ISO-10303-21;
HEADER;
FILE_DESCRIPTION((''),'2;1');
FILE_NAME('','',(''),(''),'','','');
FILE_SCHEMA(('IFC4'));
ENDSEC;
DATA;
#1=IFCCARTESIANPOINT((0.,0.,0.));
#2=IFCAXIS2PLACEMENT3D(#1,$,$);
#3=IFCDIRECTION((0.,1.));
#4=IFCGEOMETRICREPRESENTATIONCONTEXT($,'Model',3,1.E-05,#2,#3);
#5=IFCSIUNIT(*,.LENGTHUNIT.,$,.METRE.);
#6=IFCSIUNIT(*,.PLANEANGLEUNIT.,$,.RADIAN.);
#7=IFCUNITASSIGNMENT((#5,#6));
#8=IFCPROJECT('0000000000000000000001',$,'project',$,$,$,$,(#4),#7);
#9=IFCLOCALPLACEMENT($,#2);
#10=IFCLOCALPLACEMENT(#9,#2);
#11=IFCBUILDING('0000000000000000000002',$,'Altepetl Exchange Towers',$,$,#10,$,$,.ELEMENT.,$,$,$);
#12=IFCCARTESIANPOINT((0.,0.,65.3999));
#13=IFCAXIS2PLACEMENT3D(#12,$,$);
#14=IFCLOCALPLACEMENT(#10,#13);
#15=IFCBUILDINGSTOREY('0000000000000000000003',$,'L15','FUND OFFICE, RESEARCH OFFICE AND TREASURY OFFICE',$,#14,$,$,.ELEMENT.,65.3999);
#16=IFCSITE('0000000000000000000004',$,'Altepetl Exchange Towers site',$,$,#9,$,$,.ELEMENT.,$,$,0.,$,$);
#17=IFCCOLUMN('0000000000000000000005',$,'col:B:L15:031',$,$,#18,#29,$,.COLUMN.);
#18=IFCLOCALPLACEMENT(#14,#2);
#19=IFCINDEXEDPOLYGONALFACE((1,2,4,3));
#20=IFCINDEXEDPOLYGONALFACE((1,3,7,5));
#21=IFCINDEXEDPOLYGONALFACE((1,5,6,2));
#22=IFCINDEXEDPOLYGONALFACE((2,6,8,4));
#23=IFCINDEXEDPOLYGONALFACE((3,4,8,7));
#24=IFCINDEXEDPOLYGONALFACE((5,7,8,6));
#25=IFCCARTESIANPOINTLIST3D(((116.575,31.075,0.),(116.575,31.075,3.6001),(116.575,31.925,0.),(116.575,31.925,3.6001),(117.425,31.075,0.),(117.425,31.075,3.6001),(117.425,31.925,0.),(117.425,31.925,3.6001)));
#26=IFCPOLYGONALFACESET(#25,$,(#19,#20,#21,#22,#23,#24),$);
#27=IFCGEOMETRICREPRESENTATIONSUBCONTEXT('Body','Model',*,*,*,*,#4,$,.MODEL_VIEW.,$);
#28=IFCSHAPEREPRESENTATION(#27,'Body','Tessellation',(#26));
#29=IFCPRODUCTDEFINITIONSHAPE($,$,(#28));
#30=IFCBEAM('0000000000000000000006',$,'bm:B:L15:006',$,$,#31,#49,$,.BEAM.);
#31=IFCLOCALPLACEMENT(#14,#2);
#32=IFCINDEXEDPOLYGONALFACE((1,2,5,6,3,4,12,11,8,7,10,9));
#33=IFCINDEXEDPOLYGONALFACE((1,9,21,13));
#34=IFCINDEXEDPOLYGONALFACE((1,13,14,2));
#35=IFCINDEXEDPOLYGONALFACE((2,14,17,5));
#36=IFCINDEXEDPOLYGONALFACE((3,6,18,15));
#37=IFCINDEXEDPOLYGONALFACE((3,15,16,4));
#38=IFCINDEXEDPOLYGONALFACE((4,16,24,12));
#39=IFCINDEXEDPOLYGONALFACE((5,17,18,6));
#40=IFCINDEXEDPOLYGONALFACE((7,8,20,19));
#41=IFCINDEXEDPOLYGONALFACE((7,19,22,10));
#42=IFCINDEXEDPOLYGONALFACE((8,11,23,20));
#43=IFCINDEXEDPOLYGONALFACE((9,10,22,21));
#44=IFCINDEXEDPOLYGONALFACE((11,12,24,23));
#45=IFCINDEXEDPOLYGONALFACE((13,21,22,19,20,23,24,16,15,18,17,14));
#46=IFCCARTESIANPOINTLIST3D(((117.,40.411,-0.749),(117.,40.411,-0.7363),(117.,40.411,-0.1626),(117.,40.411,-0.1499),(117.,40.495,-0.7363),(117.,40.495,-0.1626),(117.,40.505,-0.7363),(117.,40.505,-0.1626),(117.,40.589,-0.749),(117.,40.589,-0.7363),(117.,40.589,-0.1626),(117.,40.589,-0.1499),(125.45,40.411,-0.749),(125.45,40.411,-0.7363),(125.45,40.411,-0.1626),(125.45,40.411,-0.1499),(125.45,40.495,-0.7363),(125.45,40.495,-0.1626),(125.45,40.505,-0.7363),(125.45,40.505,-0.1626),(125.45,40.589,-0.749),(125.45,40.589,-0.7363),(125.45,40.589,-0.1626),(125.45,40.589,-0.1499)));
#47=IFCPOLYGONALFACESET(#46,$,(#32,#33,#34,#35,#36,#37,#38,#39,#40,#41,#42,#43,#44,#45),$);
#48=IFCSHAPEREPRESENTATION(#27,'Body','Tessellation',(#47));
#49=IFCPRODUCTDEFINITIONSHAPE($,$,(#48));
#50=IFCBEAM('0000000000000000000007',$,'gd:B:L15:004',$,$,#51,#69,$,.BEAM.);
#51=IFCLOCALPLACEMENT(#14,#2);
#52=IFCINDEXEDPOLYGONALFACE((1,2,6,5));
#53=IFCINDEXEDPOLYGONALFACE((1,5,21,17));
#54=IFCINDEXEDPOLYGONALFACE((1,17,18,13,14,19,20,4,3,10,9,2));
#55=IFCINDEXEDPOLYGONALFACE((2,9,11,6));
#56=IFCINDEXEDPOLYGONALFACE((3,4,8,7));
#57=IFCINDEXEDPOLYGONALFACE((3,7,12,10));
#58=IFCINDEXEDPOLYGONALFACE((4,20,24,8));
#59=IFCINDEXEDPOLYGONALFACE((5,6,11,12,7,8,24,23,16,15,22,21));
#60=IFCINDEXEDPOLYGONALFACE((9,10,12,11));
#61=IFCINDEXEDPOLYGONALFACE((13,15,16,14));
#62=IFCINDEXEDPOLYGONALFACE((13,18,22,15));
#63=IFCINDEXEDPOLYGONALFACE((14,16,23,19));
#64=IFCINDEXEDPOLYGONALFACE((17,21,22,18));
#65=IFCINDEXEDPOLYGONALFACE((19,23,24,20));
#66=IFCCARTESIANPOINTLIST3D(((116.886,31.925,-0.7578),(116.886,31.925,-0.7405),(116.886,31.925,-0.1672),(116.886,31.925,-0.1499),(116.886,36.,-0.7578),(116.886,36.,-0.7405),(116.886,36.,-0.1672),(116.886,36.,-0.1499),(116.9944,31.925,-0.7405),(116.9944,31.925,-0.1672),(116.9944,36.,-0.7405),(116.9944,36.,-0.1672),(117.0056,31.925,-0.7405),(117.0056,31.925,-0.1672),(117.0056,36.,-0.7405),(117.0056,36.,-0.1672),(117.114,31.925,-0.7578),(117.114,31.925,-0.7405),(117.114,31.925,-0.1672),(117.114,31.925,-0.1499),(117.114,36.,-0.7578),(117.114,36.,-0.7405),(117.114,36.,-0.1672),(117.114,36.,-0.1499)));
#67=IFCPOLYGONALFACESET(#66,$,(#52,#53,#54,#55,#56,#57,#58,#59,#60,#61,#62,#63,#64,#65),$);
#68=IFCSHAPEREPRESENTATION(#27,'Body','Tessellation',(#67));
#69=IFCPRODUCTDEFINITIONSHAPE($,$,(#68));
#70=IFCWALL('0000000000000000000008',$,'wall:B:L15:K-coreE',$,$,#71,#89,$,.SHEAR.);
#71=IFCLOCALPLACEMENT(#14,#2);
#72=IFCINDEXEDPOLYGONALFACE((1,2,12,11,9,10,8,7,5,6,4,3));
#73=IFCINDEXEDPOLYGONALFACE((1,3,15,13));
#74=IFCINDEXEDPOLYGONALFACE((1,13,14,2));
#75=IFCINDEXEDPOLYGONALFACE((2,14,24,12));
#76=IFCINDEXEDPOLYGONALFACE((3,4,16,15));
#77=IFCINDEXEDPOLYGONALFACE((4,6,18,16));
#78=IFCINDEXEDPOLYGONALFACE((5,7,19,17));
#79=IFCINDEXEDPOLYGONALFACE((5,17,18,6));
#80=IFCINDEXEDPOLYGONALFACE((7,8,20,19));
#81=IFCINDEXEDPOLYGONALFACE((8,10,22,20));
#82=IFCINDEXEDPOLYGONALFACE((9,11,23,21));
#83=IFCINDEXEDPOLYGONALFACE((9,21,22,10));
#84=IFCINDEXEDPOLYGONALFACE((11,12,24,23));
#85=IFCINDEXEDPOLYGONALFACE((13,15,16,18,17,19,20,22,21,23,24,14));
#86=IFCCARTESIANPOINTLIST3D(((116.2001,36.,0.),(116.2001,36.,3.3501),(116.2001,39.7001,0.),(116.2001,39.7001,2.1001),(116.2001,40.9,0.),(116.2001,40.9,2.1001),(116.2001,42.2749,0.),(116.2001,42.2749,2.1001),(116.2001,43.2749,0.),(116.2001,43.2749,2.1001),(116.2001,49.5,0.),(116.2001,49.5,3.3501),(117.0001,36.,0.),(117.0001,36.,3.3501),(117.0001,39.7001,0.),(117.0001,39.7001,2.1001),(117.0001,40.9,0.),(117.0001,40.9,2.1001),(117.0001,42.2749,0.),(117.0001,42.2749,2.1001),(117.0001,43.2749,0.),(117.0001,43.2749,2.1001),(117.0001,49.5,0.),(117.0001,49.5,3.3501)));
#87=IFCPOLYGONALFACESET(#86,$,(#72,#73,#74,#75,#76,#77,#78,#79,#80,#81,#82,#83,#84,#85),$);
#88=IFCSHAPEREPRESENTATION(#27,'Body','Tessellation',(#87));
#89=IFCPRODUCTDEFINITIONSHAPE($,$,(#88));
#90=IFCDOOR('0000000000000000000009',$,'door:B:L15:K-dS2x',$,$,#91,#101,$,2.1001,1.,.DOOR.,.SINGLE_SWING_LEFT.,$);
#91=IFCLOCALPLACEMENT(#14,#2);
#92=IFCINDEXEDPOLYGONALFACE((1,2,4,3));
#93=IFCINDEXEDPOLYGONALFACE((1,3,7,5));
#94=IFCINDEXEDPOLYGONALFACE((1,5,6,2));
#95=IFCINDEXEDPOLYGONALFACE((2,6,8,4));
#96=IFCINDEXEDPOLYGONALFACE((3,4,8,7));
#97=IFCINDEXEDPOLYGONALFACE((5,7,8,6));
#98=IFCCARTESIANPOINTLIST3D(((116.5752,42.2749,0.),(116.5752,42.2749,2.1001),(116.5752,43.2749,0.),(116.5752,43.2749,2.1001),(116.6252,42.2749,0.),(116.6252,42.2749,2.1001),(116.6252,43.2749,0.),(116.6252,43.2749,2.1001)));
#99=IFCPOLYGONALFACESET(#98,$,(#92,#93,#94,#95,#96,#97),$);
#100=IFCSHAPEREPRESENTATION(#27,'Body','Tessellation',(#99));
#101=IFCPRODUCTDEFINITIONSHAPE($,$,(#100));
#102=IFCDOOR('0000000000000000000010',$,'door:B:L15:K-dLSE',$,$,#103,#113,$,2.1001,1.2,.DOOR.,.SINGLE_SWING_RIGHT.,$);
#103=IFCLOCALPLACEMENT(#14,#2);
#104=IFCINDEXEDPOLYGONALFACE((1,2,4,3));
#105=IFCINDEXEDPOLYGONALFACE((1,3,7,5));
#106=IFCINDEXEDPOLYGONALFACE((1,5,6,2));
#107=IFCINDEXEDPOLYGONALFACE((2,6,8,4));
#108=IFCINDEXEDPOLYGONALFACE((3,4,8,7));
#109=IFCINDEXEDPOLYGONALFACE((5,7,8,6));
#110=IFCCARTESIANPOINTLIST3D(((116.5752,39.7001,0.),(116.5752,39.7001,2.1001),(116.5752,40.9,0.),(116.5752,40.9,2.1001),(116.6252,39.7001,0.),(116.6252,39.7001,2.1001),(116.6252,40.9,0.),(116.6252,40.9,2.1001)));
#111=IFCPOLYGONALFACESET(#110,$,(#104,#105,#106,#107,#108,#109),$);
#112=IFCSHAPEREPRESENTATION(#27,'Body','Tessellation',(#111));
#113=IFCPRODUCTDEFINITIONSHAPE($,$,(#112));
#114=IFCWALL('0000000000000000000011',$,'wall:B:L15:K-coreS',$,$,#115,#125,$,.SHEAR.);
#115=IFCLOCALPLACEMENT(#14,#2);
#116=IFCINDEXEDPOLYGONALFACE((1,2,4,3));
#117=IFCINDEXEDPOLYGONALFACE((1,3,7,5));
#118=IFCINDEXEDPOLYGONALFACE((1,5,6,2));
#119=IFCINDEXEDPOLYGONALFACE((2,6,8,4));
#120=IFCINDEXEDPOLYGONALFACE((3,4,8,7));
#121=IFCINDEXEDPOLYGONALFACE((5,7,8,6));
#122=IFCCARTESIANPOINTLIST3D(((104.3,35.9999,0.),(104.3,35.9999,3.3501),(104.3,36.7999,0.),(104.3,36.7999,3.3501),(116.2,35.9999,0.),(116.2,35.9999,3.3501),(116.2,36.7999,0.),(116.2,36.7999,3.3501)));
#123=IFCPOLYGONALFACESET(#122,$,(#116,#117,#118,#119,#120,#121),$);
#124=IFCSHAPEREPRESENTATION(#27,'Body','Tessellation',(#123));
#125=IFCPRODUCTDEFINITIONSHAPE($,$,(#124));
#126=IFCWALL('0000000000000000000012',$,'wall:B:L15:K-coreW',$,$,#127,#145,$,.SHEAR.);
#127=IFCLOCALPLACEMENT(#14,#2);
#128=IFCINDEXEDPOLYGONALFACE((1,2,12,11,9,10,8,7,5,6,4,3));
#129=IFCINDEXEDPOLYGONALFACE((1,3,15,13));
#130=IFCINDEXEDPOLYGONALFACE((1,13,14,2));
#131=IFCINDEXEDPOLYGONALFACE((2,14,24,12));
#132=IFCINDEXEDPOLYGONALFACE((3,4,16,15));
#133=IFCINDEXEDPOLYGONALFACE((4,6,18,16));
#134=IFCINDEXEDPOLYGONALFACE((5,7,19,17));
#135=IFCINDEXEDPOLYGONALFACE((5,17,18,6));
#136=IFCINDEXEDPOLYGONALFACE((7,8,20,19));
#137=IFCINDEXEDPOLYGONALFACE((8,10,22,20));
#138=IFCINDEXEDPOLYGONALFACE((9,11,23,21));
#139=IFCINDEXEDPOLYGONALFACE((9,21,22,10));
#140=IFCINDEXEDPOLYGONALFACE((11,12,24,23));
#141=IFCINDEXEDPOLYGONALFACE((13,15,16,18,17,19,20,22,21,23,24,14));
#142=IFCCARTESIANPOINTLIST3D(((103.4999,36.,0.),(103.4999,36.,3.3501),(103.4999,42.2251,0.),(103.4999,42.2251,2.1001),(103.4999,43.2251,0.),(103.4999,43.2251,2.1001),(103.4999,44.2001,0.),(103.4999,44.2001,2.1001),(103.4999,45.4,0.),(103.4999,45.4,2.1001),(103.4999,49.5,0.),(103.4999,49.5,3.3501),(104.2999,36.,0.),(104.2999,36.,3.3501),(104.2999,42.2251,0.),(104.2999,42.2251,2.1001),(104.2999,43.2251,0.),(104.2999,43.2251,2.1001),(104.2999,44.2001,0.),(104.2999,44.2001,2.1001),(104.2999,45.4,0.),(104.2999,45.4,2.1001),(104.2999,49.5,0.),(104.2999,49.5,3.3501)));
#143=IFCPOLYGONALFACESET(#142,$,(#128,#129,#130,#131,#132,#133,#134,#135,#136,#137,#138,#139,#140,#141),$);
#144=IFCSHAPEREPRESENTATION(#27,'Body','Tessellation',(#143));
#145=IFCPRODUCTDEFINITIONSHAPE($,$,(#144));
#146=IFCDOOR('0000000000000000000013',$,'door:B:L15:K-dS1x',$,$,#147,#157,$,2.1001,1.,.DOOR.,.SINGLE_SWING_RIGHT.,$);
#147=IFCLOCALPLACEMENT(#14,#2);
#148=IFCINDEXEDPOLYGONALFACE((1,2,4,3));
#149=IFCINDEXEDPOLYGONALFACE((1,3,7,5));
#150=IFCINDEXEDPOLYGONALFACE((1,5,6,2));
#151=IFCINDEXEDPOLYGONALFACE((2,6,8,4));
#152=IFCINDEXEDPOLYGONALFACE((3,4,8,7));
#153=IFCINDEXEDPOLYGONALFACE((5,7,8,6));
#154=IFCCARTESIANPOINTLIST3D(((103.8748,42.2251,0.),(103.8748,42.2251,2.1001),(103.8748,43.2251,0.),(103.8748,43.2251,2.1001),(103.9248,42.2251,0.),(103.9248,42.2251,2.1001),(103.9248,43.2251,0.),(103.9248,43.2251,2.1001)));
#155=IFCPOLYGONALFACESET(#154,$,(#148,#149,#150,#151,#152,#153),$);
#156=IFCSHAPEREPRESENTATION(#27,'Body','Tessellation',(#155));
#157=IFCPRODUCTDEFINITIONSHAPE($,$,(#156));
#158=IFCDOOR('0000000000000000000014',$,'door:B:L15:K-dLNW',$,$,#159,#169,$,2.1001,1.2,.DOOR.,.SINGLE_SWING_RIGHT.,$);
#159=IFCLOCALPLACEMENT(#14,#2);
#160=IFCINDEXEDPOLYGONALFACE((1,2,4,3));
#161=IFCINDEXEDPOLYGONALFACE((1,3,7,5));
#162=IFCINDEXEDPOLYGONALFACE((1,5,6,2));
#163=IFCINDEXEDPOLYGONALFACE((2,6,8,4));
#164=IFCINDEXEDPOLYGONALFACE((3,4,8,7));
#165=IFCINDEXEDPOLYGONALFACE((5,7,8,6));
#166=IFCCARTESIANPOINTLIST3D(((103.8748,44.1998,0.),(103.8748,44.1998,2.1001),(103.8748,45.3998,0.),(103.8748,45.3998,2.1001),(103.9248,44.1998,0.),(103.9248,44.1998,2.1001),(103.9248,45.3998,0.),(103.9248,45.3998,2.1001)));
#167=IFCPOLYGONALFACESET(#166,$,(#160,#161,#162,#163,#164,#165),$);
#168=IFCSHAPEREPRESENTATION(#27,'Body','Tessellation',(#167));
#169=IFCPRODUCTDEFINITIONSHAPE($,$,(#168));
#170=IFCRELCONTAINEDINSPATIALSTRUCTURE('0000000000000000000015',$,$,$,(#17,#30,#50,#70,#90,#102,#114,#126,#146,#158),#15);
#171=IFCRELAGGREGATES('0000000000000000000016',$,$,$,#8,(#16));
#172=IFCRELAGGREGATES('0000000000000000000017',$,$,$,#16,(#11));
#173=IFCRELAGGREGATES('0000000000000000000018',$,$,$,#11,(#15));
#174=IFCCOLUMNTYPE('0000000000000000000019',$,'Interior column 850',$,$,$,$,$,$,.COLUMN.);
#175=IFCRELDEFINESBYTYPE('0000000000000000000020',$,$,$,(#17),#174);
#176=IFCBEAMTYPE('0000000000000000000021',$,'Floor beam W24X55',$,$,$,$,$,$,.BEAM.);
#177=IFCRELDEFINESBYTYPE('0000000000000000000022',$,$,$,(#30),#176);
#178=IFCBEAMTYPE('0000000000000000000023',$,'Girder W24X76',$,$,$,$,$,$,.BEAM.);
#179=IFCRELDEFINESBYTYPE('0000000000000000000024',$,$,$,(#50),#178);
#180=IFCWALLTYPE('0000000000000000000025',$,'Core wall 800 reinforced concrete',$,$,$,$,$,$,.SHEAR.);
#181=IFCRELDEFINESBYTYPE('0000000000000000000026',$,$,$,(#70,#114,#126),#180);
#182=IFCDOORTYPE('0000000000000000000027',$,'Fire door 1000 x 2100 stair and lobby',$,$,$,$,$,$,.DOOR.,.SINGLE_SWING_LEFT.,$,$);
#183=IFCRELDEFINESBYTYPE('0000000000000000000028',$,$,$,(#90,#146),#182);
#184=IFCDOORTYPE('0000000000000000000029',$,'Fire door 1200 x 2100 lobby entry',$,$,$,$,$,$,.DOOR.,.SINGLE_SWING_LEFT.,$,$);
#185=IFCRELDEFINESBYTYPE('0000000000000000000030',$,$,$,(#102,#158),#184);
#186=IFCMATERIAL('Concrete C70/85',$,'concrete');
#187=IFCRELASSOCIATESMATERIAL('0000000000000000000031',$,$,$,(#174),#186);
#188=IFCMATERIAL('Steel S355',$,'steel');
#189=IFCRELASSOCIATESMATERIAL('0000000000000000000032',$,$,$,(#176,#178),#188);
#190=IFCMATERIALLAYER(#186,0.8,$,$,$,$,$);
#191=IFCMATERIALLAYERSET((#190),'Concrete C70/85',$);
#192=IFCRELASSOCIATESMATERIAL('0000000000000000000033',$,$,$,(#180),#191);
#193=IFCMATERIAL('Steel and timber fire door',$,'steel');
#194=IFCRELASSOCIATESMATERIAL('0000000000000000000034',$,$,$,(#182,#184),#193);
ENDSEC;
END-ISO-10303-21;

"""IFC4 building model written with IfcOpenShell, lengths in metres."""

from ifc_helpers import new_model, si_unit, direction, frame, frame_2d, origin, origin_2d, place, context, subcontext, project, spatial, rectangle, i_section, extrude, material, layer, layer_set, material_profile, profile_set, type_object, element, fill, save


model = new_model("IFC4")

# Units and contexts
model_context = context("Model", 3, precision=1e-05, world=origin(), true_north=direction((0.0, 1.0)))
body_context = subcontext(model_context, "Body", "Model", "MODEL_VIEW")
ifc_project = project(units=[si_unit("LENGTHUNIT", "METRE"), si_unit("PLANEANGLEUNIT", "RADIAN")], contexts=[model_context])

# Site, building, storey
site_placement = place(None, origin())
site = spatial("IfcSite", under=ifc_project, at=site_placement, Name="Altepetl Exchange Towers site", CompositionType="ELEMENT", RefElevation=0.0)
building_placement = place(site_placement, origin())
building = spatial("IfcBuilding", under=site, at=building_placement, Name="Altepetl Exchange Towers", CompositionType="ELEMENT")
storey_placement = place(building_placement, frame((0.0, 0.0, 65.3999)))
storey = spatial("IfcBuildingStorey", under=building, at=storey_placement, Name="L15", Description="FUND OFFICE, RESEARCH OFFICE AND TREASURY OFFICE", CompositionType="ELEMENT", Elevation=65.3999)

# Column
ifc_material_1 = material(Name="Concrete C70/85", Category="concrete")
ifc_material_profile_1 = material_profile(ifc_material_1, rectangle(XDim=0.8501, YDim=0.8501, at=origin_2d()), Name="850 x 850")
ifc_profile_set_1 = profile_set([ifc_material_profile_1], Name="Concrete C70/85")
column_type = type_object("IfcColumnType", Name="Interior column 850", PredefinedType="COLUMN", material=ifc_profile_set_1)
column_placement = place(storey_placement, frame((117.0, 31.5, 0.0)))
element("IfcColumn", 1, at=column_placement, inside=storey, type_object=column_type, Name="col:B:L15:031", PredefinedType="COLUMN", context=body_context, shape_type="SweptSolid", body=[
    extrude(rectangle(XDim=0.8501, YDim=0.8501, at=origin_2d()), origin(), (0.0, 0.0, 1.0), 3.6001),
])

# Beams
ifc_material_2 = material(Name="Steel S355", Category="steel")
ifc_material_profile_2 = material_profile(ifc_material_2, i_section(OverallWidth=0.178, OverallDepth=0.5991, WebThickness=0.01, FlangeThickness=0.0127, at=origin_2d()), Name="W24X55")
ifc_profile_set_2 = profile_set([ifc_material_profile_2], Name="Steel S355")
beam_type_1 = type_object("IfcBeamType", Name="Floor beam W24X55", PredefinedType="BEAM", material=ifc_profile_set_2)
beam_1_placement = place(storey_placement, frame((117.0, 40.5, -0.4495), z_axis=(1.0, 0.0, 0.0), x_axis=(0.0, 1.0, 0.0)))
element("IfcBeam", 2, at=beam_1_placement, inside=storey, type_object=beam_type_1, Name="bm:B:L15:006", PredefinedType="BEAM", context=body_context, shape_type="SweptSolid", body=[
    extrude(i_section(OverallWidth=0.178, OverallDepth=0.5991, WebThickness=0.01, FlangeThickness=0.0127, at=origin_2d()), origin(), (0.0, 0.0, 1.0), 8.45),
])
ifc_material_profile_3 = material_profile(ifc_material_2, i_section(OverallWidth=0.228, OverallDepth=0.6079, WebThickness=0.0112, FlangeThickness=0.0173, at=origin_2d()), Name="W24X76")
ifc_profile_set_3 = profile_set([ifc_material_profile_3], Name="Steel S355")
beam_type_2 = type_object("IfcBeamType", Name="Girder W24X76", PredefinedType="BEAM", material=ifc_profile_set_3)
beam_2_placement = place(storey_placement, frame((117.0, 36.0, -0.4539), z_axis=(0.0, -1.0, 0.0), x_axis=(1.0, 0.0, 0.0)))
element("IfcBeam", 3, at=beam_2_placement, inside=storey, type_object=beam_type_2, Name="gd:B:L15:004", PredefinedType="BEAM", context=body_context, shape_type="SweptSolid", body=[
    extrude(i_section(OverallWidth=0.228, OverallDepth=0.6079, WebThickness=0.0112, FlangeThickness=0.0173, at=origin_2d()), origin(), (0.0, 0.0, 1.0), 4.075),
])

# Wall, openings, doors
ifc_layer_1 = layer(ifc_material_1, 0.8)
ifc_layer_set_1 = layer_set([ifc_layer_1], Name="Concrete C70/85")
wall_type_1 = type_object("IfcWallType", Name="Core wall 800 reinforced concrete", PredefinedType="SHEAR", material=ifc_layer_set_1)
wall_1_placement = place(storey_placement, frame((116.6001, 36.0, 0.0), z_axis=(0.0, 0.0, 1.0), x_axis=(0.0, 1.0, 0.0)))
wall_1 = element("IfcWall", 4, at=wall_1_placement, inside=storey, type_object=wall_type_1, Name="wall:B:L15:K-coreE", PredefinedType="SHEAR", context=body_context, shape_type="SweptSolid", body=[
    extrude(rectangle(XDim=13.5, YDim=0.8, at=frame_2d((6.75, 0.0))), origin(), (0.0, 0.0, 1.0), 3.3501),
])
opening_1_placement = place(wall_1_placement, frame((3.7, 0.0, 0.0)))
opening_1 = element("IfcOpeningElement", 5, at=opening_1_placement, cuts=wall_1, PredefinedType="OPENING", context=body_context, shape_type="SweptSolid", body=[
    extrude(rectangle(XDim=1.2, YDim=2.1001, at=frame_2d((0.6001, 1.05))), frame((0.0, 0.4102, 0.0), z_axis=(0.0, -1.0, 0.0), x_axis=(1.0, 0.0, 0.0)), (0.0, 0.0, 1.0), 0.8201),
])
opening_2_placement = place(wall_1_placement, frame((6.2749, 0.0, 0.0)))
opening_2 = element("IfcOpeningElement", 6, at=opening_2_placement, cuts=wall_1, PredefinedType="OPENING", context=body_context, shape_type="SweptSolid", body=[
    extrude(rectangle(XDim=1.0, YDim=2.1001, at=frame_2d((0.5, 1.05))), frame((0.0, 0.4102, 0.0), z_axis=(0.0, -1.0, 0.0), x_axis=(1.0, 0.0, 0.0)), (0.0, 0.0, 1.0), 0.8201),
])
ifc_material_3 = material(Name="Steel and timber fire door", Category="steel")
door_type_1 = type_object("IfcDoorType", Name="Fire door 1000 x 2100 stair and lobby", OperationType="SINGLE_SWING_LEFT", PredefinedType="DOOR", material=ifc_material_3)
door_1_placement = place(opening_2_placement, origin())
door_1 = element("IfcDoor", 7, at=door_1_placement, inside=storey, type_object=door_type_1, Name="door:B:L15:K-dS2x", OperationType="SINGLE_SWING_LEFT", OverallHeight=2.1001, OverallWidth=1.0, PredefinedType="DOOR", context=body_context, shape_type="SweptSolid", body=[
    extrude(rectangle(XDim=1.0, YDim=2.1001, at=frame_2d((0.5, 1.05))), frame((0.0, 0.0249, 0.0), z_axis=(0.0, -1.0, 0.0), x_axis=(1.0, 0.0, 0.0)), (0.0, 0.0, 1.0), 0.05),
])
fill(opening_2, door_1)
door_type_2 = type_object("IfcDoorType", Name="Fire door 1200 x 2100 lobby entry", OperationType="SINGLE_SWING_LEFT", PredefinedType="DOOR", material=ifc_material_3)
door_2_placement = place(opening_1_placement, origin())
door_2 = element("IfcDoor", 8, at=door_2_placement, inside=storey, type_object=door_type_2, Name="door:B:L15:K-dLSE", OperationType="SINGLE_SWING_RIGHT", OverallHeight=2.1001, OverallWidth=1.2, PredefinedType="DOOR", context=body_context, shape_type="SweptSolid", body=[
    extrude(rectangle(XDim=1.2, YDim=2.1001, at=frame_2d((0.6001, 1.05))), frame((0.0, 0.0249, 0.0), z_axis=(0.0, -1.0, 0.0), x_axis=(1.0, 0.0, 0.0)), (0.0, 0.0, 1.0), 0.05),
])
fill(opening_1, door_2)

# Wall
wall_2_placement = place(storey_placement, frame((104.3, 36.3999, 0.0)))
element("IfcWall", 9, at=wall_2_placement, inside=storey, type_object=wall_type_1, Name="wall:B:L15:K-coreS", PredefinedType="SHEAR", context=body_context, shape_type="SweptSolid", body=[
    extrude(rectangle(XDim=11.8999, YDim=0.8, at=frame_2d((5.95, 0.0))), origin(), (0.0, 0.0, 1.0), 3.3501),
])

# Wall, openings, doors
wall_3_placement = place(storey_placement, frame((103.8999, 36.0, 0.0), z_axis=(0.0, 0.0, 1.0), x_axis=(0.0, 1.0, 0.0)))
wall_3 = element("IfcWall", 10, at=wall_3_placement, inside=storey, type_object=wall_type_1, Name="wall:B:L15:K-coreW", PredefinedType="SHEAR", context=body_context, shape_type="SweptSolid", body=[
    extrude(rectangle(XDim=13.5, YDim=0.8, at=frame_2d((6.75, 0.0))), origin(), (0.0, 0.0, 1.0), 3.3501),
])
opening_3_placement = place(wall_3_placement, frame((8.2, 0.0, 0.0)))
opening_3 = element("IfcOpeningElement", 11, at=opening_3_placement, cuts=wall_3, PredefinedType="OPENING", context=body_context, shape_type="SweptSolid", body=[
    extrude(rectangle(XDim=1.2, YDim=2.1001, at=frame_2d((0.6001, 1.05))), frame((0.0, 0.4102, 0.0), z_axis=(0.0, -1.0, 0.0), x_axis=(1.0, 0.0, 0.0)), (0.0, 0.0, 1.0), 0.8201),
])
opening_4_placement = place(wall_3_placement, frame((6.2251, 0.0, 0.0)))
opening_4 = element("IfcOpeningElement", 12, at=opening_4_placement, cuts=wall_3, PredefinedType="OPENING", context=body_context, shape_type="SweptSolid", body=[
    extrude(rectangle(XDim=1.0, YDim=2.1001, at=frame_2d((0.5, 1.05))), frame((0.0, 0.4102, 0.0), z_axis=(0.0, -1.0, 0.0), x_axis=(1.0, 0.0, 0.0)), (0.0, 0.0, 1.0), 0.8201),
])
door_3_placement = place(opening_4_placement, frame((1.0, 0.0, 0.0), x_axis=(-1.0, 0.0, 0.0)))
door_3 = element("IfcDoor", 13, at=door_3_placement, inside=storey, type_object=door_type_1, Name="door:B:L15:K-dS1x", OperationType="SINGLE_SWING_RIGHT", OverallHeight=2.1001, OverallWidth=1.0, PredefinedType="DOOR", context=body_context, shape_type="SweptSolid", body=[
    extrude(rectangle(XDim=1.0, YDim=2.1001, at=frame_2d((0.5, 1.05))), frame((0.0, 0.0249, 0.0), z_axis=(0.0, -1.0, 0.0), x_axis=(1.0, 0.0, 0.0)), (0.0, 0.0, 1.0), 0.05),
])
fill(opening_4, door_3)
door_4_placement = place(opening_3_placement, frame((1.2, 0.0, 0.0), x_axis=(-1.0, 0.0, 0.0)))
door_4 = element("IfcDoor", 14, at=door_4_placement, inside=storey, type_object=door_type_2, Name="door:B:L15:K-dLNW", OperationType="SINGLE_SWING_RIGHT", OverallHeight=2.1001, OverallWidth=1.2, PredefinedType="DOOR", context=body_context, shape_type="SweptSolid", body=[
    extrude(rectangle(XDim=1.2, YDim=2.1001, at=frame_2d((0.6001, 1.05))), frame((0.0, 0.0249, 0.0), z_axis=(0.0, -1.0, 0.0), x_axis=(1.0, 0.0, 0.0)), (0.0, 0.0, 1.0), 0.05),
])
fill(opening_3, door_4)

save(model, "model.ifc")
